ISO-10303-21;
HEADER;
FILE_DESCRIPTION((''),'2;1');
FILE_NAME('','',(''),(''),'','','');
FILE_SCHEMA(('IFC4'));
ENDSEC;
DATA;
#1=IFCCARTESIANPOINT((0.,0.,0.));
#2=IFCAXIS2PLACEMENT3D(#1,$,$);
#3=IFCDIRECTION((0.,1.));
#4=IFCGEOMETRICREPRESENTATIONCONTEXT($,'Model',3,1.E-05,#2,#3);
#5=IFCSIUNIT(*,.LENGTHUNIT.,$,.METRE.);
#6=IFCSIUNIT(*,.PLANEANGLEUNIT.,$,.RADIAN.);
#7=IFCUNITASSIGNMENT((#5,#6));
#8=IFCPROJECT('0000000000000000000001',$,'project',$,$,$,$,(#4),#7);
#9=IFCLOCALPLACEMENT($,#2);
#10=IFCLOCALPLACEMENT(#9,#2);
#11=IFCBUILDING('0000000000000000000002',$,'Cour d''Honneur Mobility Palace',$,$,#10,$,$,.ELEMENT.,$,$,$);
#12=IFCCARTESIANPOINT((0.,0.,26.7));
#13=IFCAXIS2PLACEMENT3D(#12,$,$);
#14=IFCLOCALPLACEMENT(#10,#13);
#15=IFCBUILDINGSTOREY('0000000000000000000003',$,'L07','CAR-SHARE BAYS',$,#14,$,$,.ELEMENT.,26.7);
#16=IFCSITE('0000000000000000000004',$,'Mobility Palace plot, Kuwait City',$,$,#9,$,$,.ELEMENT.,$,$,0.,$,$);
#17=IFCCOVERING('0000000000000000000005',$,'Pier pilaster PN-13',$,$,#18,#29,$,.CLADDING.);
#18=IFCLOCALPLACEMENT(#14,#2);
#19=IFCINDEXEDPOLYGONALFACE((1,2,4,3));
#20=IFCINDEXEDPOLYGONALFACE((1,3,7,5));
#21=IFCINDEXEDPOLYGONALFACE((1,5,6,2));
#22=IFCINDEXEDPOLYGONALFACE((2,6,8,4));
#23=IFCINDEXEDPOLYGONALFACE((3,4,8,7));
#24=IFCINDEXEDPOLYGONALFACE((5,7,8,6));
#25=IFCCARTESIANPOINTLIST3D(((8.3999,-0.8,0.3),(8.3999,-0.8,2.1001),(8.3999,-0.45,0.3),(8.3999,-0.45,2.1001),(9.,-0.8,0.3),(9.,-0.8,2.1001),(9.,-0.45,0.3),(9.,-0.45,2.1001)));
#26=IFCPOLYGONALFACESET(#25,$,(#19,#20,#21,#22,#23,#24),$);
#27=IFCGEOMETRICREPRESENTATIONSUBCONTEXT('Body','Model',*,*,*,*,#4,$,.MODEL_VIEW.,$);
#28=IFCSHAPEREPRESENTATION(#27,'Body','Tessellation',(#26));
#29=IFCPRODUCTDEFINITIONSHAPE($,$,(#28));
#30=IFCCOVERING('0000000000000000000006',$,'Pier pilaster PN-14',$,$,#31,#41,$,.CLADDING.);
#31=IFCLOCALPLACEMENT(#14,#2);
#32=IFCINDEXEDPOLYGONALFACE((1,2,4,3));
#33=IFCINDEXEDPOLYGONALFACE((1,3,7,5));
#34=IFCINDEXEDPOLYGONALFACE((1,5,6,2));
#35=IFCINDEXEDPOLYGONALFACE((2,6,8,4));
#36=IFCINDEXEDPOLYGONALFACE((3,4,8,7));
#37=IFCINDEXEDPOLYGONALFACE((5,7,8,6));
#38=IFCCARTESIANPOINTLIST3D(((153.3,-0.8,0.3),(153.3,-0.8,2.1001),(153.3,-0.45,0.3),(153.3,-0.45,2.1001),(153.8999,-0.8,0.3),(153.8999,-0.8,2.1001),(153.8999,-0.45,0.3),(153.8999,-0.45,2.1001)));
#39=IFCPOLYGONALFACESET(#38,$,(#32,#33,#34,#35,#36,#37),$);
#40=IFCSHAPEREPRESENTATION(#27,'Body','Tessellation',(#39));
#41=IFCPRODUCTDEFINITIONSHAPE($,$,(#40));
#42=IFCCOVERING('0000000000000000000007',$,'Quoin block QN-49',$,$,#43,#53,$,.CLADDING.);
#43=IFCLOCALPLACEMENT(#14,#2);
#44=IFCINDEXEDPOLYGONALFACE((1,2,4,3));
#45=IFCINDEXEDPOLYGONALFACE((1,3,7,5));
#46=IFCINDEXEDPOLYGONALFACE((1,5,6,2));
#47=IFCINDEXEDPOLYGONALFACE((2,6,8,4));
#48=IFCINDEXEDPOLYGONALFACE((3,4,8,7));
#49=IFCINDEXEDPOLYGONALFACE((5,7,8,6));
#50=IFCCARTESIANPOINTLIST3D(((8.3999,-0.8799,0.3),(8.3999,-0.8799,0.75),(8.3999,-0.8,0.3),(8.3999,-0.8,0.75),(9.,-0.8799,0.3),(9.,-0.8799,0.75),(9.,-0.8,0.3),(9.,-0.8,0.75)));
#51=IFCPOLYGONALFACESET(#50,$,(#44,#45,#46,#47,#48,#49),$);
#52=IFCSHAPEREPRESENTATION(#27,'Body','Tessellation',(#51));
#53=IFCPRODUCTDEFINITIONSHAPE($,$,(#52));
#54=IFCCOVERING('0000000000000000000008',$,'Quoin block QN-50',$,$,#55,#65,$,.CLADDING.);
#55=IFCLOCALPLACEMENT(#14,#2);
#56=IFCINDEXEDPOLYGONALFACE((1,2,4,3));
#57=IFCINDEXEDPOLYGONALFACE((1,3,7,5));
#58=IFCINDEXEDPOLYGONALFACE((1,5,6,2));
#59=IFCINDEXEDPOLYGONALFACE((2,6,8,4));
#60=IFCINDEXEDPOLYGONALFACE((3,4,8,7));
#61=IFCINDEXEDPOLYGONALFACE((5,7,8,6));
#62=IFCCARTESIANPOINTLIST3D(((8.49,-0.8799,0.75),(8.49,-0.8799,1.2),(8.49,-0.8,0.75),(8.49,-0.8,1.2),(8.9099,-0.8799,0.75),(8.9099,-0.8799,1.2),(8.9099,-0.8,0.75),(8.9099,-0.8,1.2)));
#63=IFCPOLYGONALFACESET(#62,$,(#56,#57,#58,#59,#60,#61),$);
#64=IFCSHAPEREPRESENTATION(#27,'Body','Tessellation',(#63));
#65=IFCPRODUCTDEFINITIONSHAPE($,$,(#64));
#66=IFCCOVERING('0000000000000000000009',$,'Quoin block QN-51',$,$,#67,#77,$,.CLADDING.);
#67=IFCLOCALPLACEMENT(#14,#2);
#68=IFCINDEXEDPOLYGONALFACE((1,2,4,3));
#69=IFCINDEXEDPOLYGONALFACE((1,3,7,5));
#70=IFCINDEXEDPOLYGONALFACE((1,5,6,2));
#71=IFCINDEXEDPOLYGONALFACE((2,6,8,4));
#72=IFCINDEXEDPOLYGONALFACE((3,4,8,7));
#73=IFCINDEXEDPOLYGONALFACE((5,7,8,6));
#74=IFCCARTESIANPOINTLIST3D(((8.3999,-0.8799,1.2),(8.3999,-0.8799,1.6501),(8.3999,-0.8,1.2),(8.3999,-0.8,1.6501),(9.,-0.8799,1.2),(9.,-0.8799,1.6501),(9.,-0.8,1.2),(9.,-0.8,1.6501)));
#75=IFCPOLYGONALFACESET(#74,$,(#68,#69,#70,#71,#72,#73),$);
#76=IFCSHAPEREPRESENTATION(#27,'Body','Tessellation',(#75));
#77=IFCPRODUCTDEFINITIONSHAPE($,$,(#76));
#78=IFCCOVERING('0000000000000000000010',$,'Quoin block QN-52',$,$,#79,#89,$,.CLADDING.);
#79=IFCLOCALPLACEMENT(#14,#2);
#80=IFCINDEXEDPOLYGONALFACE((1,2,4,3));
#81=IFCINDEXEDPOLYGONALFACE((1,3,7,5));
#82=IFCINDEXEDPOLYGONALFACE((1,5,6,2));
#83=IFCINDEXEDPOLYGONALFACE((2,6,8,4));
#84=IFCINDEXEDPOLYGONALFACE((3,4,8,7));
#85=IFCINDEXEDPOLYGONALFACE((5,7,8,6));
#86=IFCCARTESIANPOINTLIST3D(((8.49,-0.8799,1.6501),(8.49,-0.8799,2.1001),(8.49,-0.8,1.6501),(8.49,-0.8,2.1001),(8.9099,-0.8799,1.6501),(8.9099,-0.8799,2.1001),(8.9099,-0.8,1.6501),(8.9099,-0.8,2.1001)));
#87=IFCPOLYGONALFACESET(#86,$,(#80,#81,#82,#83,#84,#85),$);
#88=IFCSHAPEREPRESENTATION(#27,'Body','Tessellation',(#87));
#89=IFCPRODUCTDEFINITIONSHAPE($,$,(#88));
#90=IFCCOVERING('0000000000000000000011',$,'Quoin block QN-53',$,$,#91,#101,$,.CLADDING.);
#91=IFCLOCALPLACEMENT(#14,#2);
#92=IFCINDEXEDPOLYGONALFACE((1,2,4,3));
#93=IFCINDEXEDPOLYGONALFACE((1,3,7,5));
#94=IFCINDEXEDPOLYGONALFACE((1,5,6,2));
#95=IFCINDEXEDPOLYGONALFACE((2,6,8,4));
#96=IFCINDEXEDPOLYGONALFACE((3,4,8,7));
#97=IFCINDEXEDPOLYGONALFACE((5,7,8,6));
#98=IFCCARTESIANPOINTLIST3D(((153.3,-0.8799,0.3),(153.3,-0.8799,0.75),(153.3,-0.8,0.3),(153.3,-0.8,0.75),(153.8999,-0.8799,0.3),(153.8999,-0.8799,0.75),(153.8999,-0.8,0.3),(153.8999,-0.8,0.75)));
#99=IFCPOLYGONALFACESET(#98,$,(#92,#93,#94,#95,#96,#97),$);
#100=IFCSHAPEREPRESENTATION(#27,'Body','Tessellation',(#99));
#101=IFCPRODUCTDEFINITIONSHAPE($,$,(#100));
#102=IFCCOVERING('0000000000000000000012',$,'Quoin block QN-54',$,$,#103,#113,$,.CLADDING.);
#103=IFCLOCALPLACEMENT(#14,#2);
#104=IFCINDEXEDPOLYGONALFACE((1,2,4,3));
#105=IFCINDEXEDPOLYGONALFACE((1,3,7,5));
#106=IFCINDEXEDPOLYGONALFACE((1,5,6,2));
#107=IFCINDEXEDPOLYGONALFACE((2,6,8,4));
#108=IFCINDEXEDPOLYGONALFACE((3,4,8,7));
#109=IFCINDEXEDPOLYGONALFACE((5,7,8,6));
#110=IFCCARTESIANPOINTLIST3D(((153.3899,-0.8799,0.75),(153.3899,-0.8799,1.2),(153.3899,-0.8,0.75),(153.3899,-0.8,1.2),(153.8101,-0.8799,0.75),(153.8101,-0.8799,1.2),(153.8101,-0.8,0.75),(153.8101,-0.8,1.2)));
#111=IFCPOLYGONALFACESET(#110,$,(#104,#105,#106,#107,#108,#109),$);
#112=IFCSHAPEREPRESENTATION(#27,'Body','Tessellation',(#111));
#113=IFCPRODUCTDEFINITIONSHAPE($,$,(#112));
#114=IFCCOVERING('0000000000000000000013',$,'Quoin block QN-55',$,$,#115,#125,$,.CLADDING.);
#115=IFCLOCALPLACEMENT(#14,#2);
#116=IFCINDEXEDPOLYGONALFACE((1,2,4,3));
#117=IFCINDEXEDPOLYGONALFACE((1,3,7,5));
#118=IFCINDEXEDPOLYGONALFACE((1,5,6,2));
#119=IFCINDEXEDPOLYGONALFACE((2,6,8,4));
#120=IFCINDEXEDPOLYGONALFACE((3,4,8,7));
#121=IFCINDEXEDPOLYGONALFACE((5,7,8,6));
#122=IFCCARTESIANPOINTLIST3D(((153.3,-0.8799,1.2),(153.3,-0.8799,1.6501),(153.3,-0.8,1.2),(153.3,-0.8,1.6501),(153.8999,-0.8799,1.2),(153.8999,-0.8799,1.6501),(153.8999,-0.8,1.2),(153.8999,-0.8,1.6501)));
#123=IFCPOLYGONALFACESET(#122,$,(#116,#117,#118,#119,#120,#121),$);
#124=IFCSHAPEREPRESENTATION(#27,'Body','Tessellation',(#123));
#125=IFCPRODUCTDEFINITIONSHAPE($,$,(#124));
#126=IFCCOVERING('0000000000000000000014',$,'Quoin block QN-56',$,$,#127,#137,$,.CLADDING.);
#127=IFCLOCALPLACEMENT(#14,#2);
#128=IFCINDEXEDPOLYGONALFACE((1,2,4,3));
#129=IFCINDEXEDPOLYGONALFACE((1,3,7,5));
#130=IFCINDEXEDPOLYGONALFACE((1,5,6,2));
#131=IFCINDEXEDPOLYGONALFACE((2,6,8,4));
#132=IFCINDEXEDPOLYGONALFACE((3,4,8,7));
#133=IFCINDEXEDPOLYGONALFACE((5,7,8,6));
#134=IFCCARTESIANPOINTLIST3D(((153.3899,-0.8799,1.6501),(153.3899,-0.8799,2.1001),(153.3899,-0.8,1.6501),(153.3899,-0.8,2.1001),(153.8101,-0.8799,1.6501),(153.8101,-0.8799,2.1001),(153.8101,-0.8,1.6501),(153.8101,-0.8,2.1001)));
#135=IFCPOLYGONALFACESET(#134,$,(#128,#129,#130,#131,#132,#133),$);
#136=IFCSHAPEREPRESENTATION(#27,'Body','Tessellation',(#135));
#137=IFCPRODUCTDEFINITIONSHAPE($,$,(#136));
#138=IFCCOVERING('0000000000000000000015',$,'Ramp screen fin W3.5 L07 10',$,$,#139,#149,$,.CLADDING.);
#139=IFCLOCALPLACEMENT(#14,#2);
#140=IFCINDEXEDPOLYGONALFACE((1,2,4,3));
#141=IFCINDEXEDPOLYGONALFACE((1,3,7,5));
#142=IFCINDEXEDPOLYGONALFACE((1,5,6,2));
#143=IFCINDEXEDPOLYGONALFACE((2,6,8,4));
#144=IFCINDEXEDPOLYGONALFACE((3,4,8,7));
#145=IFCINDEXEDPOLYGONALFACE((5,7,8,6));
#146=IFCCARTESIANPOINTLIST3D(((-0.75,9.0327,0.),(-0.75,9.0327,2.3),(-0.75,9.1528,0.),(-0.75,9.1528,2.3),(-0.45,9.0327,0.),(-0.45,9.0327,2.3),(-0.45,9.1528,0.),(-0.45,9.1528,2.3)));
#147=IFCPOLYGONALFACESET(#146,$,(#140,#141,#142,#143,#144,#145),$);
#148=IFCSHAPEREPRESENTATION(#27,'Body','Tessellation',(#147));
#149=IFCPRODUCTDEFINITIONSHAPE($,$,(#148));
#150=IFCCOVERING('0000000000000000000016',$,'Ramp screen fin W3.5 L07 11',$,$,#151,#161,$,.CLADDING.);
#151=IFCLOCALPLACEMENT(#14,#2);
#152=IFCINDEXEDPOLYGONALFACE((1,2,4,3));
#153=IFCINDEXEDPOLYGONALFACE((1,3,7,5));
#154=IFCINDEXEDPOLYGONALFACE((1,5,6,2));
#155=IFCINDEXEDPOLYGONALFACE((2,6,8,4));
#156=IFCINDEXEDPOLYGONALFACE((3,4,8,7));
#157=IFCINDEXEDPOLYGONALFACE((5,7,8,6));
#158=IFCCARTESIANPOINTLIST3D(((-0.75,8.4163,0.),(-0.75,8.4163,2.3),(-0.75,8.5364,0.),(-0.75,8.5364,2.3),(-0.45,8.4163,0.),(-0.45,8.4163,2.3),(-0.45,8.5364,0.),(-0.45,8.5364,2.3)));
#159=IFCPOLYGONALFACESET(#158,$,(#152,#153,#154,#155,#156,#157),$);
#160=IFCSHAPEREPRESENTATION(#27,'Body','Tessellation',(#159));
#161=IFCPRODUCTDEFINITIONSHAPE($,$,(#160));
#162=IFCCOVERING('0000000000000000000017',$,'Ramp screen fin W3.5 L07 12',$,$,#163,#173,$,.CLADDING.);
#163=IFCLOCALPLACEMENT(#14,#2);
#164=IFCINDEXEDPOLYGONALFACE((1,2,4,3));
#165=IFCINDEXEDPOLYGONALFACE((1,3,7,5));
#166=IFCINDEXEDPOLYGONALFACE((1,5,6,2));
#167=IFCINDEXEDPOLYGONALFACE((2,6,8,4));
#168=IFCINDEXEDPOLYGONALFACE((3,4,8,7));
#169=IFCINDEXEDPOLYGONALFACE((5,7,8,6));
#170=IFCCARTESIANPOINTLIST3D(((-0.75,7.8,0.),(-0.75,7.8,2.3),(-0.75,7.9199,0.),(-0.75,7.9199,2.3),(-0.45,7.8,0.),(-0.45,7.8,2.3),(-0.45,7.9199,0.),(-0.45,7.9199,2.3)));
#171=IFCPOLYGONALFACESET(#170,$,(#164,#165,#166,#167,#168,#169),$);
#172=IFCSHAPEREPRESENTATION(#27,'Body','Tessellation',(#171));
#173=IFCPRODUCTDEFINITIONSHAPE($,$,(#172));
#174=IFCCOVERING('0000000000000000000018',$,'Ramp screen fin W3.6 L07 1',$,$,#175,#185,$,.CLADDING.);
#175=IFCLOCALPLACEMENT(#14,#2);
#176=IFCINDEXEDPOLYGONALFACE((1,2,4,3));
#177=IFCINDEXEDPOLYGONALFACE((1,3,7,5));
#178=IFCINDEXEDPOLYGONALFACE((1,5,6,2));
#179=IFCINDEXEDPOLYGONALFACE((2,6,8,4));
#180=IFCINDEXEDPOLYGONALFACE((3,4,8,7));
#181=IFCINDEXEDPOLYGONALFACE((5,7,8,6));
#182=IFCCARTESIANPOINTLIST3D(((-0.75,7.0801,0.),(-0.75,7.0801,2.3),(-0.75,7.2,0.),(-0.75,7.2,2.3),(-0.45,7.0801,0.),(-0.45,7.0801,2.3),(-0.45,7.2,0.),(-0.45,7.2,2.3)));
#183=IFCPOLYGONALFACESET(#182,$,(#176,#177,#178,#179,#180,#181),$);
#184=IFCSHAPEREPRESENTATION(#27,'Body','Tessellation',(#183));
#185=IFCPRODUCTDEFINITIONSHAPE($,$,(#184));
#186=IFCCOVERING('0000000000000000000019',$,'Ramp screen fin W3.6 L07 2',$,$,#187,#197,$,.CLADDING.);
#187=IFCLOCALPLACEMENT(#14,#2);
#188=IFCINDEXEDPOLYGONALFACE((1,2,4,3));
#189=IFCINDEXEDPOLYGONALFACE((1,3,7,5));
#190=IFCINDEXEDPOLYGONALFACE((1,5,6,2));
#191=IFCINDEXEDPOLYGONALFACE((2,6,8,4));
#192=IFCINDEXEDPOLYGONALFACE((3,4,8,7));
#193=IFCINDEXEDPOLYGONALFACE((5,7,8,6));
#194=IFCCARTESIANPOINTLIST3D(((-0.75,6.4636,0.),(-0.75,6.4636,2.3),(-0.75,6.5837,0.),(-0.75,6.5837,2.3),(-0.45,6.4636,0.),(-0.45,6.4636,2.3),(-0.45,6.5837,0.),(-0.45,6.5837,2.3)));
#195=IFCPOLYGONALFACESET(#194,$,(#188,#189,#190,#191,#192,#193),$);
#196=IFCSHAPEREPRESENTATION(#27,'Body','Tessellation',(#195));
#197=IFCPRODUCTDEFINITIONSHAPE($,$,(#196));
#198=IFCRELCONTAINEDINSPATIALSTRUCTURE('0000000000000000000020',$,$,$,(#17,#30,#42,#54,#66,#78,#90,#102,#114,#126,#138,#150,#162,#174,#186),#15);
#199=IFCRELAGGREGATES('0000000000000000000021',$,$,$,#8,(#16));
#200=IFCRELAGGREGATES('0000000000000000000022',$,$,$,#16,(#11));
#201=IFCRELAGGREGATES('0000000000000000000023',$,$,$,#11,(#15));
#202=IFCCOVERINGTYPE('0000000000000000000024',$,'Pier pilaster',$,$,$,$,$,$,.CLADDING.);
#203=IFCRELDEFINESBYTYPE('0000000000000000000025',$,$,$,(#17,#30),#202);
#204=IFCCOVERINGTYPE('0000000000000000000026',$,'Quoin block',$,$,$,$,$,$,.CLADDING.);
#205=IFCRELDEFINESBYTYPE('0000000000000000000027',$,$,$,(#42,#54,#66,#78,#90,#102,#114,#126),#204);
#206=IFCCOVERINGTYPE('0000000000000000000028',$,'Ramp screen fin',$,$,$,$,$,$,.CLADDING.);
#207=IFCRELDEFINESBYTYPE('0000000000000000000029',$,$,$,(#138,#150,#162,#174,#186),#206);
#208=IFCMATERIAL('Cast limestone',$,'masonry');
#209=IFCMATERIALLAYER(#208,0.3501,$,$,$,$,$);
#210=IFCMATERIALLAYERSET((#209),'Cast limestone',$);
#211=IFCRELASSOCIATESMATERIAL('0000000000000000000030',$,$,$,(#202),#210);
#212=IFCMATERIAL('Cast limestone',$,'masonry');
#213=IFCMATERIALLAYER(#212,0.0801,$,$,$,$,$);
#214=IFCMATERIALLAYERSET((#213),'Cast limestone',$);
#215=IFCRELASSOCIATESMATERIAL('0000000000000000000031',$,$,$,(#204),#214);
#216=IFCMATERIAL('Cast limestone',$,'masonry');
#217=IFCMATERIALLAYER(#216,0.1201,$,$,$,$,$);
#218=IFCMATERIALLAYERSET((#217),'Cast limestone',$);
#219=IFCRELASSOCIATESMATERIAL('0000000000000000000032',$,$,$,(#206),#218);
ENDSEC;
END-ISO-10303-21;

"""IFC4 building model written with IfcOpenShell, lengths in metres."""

from ifc_helpers import new_model, si_unit, direction, frame, origin, place, context, subcontext, project, spatial, polyline, outline, extrude, material, layer, layer_set, type_object, element, save


model = new_model("IFC4")

# Units and contexts
model_context = context("Model", 3, precision=1e-05, world=origin(), true_north=direction((0.0, 1.0)))
body_context = subcontext(model_context, "Body", "Model", "MODEL_VIEW")
ifc_project = project(units=[si_unit("LENGTHUNIT", "METRE"), si_unit("PLANEANGLEUNIT", "RADIAN")], contexts=[model_context])

# Site, building, storey
site_placement = place(None, origin())
site = spatial("IfcSite", under=ifc_project, at=site_placement, Name="Mobility Palace plot, Kuwait City", CompositionType="ELEMENT", RefElevation=0.0)
building_placement = place(site_placement, origin())
building = spatial("IfcBuilding", under=site, at=building_placement, Name="Cour d'Honneur Mobility Palace", CompositionType="ELEMENT")
storey_placement = place(building_placement, frame((0.0, 0.0, 26.7)))
storey = spatial("IfcBuildingStorey", under=building, at=storey_placement, Name="L07", Description="CAR-SHARE BAYS", CompositionType="ELEMENT", Elevation=26.7)

# Coverings
ifc_material_1 = material(Name="Cast limestone", Category="masonry")
ifc_layer_1 = layer(ifc_material_1, 0.3501)
ifc_layer_set_1 = layer_set([ifc_layer_1], Name="Cast limestone")
covering_type_1 = type_object("IfcCoveringType", Name="Pier pilaster", PredefinedType="CLADDING", material=ifc_layer_set_1)
covering_1_placement = place(storey_placement, frame((0.0, 0.0, 0.3)))
element("IfcCovering", 1, at=covering_1_placement, inside=storey, type_object=covering_type_1, Name="Pier pilaster PN-13", PredefinedType="CLADDING", context=body_context, shape_type="SweptSolid", body=[
    extrude(outline(polyline([(8.3999, -0.45), (9.0, -0.45), (9.0, -0.8), (8.3999, -0.8), (8.3999, -0.45)])), origin(), (0.0, 0.0, 1.0), 1.8),
])
covering_2_placement = place(storey_placement, frame((0.0, 0.0, 0.3)))
element("IfcCovering", 2, at=covering_2_placement, inside=storey, type_object=covering_type_1, Name="Pier pilaster PN-14", PredefinedType="CLADDING", context=body_context, shape_type="SweptSolid", body=[
    extrude(outline(polyline([(153.3, -0.45), (153.8999, -0.45), (153.8999, -0.8), (153.3, -0.8), (153.3, -0.45)])), origin(), (0.0, 0.0, 1.0), 1.8),
])
ifc_material_2 = material(Name="Cast limestone", Category="masonry")
ifc_layer_2 = layer(ifc_material_2, 0.0801)
ifc_layer_set_2 = layer_set([ifc_layer_2], Name="Cast limestone")
covering_type_2 = type_object("IfcCoveringType", Name="Quoin block", PredefinedType="CLADDING", material=ifc_layer_set_2)
covering_3_placement = place(storey_placement, frame((0.0, 0.0, 0.3)))
element("IfcCovering", 3, at=covering_3_placement, inside=storey, type_object=covering_type_2, Name="Quoin block QN-49", PredefinedType="CLADDING", context=body_context, shape_type="SweptSolid", body=[
    extrude(outline(polyline([(8.3999, -0.8), (9.0, -0.8), (9.0, -0.8799), (8.3999, -0.8799), (8.3999, -0.8)])), origin(), (0.0, 0.0, 1.0), 0.45),
])
covering_4_placement = place(storey_placement, frame((0.0, 0.0, 0.75)))
element("IfcCovering", 4, at=covering_4_placement, inside=storey, type_object=covering_type_2, Name="Quoin block QN-50", PredefinedType="CLADDING", context=body_context, shape_type="SweptSolid", body=[
    extrude(outline(polyline([(8.49, -0.8), (8.9099, -0.8), (8.9099, -0.8799), (8.49, -0.8799), (8.49, -0.8)])), origin(), (0.0, 0.0, 1.0), 0.45),
])
covering_5_placement = place(storey_placement, frame((0.0, 0.0, 1.2)))
element("IfcCovering", 5, at=covering_5_placement, inside=storey, type_object=covering_type_2, Name="Quoin block QN-51", PredefinedType="CLADDING", context=body_context, shape_type="SweptSolid", body=[
    extrude(outline(polyline([(8.3999, -0.8), (9.0, -0.8), (9.0, -0.8799), (8.3999, -0.8799), (8.3999, -0.8)])), origin(), (0.0, 0.0, 1.0), 0.4502),
])
covering_6_placement = place(storey_placement, frame((0.0, 0.0, 1.6501)))
element("IfcCovering", 6, at=covering_6_placement, inside=storey, type_object=covering_type_2, Name="Quoin block QN-52", PredefinedType="CLADDING", context=body_context, shape_type="SweptSolid", body=[
    extrude(outline(polyline([(8.49, -0.8), (8.9099, -0.8), (8.9099, -0.8799), (8.49, -0.8799), (8.49, -0.8)])), origin(), (0.0, 0.0, 1.0), 0.45),
])
covering_7_placement = place(storey_placement, frame((0.0, 0.0, 0.3)))
element("IfcCovering", 7, at=covering_7_placement, inside=storey, type_object=covering_type_2, Name="Quoin block QN-53", PredefinedType="CLADDING", context=body_context, shape_type="SweptSolid", body=[
    extrude(outline(polyline([(153.3, -0.8), (153.8999, -0.8), (153.8999, -0.8799), (153.3, -0.8799), (153.3, -0.8)])), origin(), (0.0, 0.0, 1.0), 0.45),
])
covering_8_placement = place(storey_placement, frame((0.0, 0.0, 0.75)))
element("IfcCovering", 8, at=covering_8_placement, inside=storey, type_object=covering_type_2, Name="Quoin block QN-54", PredefinedType="CLADDING", context=body_context, shape_type="SweptSolid", body=[
    extrude(outline(polyline([(153.3899, -0.8), (153.8101, -0.8), (153.8101, -0.8799), (153.3899, -0.8799), (153.3899, -0.8)])), origin(), (0.0, 0.0, 1.0), 0.45),
])
covering_9_placement = place(storey_placement, frame((0.0, 0.0, 1.2)))
element("IfcCovering", 9, at=covering_9_placement, inside=storey, type_object=covering_type_2, Name="Quoin block QN-55", PredefinedType="CLADDING", context=body_context, shape_type="SweptSolid", body=[
    extrude(outline(polyline([(153.3, -0.8), (153.8999, -0.8), (153.8999, -0.8799), (153.3, -0.8799), (153.3, -0.8)])), origin(), (0.0, 0.0, 1.0), 0.4502),
])
covering_10_placement = place(storey_placement, frame((0.0, 0.0, 1.6501)))
element("IfcCovering", 10, at=covering_10_placement, inside=storey, type_object=covering_type_2, Name="Quoin block QN-56", PredefinedType="CLADDING", context=body_context, shape_type="SweptSolid", body=[
    extrude(outline(polyline([(153.3899, -0.8), (153.8101, -0.8), (153.8101, -0.8799), (153.3899, -0.8799), (153.3899, -0.8)])), origin(), (0.0, 0.0, 1.0), 0.45),
])
ifc_material_3 = material(Name="Cast limestone", Category="masonry")
ifc_layer_3 = layer(ifc_material_3, 0.1201)
ifc_layer_set_3 = layer_set([ifc_layer_3], Name="Cast limestone")
covering_type_3 = type_object("IfcCoveringType", Name="Ramp screen fin", PredefinedType="CLADDING", material=ifc_layer_set_3)
covering_11_placement = place(storey_placement, origin())
element("IfcCovering", 11, at=covering_11_placement, inside=storey, type_object=covering_type_3, Name="Ramp screen fin W3.5 L07 10", PredefinedType="CLADDING", context=body_context, shape_type="SweptSolid", body=[
    extrude(outline(polyline([(-0.45, 9.1528), (-0.45, 9.0327), (-0.75, 9.0327), (-0.75, 9.1528), (-0.45, 9.1528)])), origin(), (0.0, 0.0, 1.0), 2.3),
])
covering_12_placement = place(storey_placement, origin())
element("IfcCovering", 12, at=covering_12_placement, inside=storey, type_object=covering_type_3, Name="Ramp screen fin W3.5 L07 11", PredefinedType="CLADDING", context=body_context, shape_type="SweptSolid", body=[
    extrude(outline(polyline([(-0.45, 8.5364), (-0.45, 8.4163), (-0.75, 8.4163), (-0.75, 8.5364), (-0.45, 8.5364)])), origin(), (0.0, 0.0, 1.0), 2.3),
])
covering_13_placement = place(storey_placement, origin())
element("IfcCovering", 13, at=covering_13_placement, inside=storey, type_object=covering_type_3, Name="Ramp screen fin W3.5 L07 12", PredefinedType="CLADDING", context=body_context, shape_type="SweptSolid", body=[
    extrude(outline(polyline([(-0.45, 7.9199), (-0.45, 7.8), (-0.75, 7.8), (-0.75, 7.9199), (-0.45, 7.9199)])), origin(), (0.0, 0.0, 1.0), 2.3),
])
covering_14_placement = place(storey_placement, origin())
element("IfcCovering", 14, at=covering_14_placement, inside=storey, type_object=covering_type_3, Name="Ramp screen fin W3.6 L07 1", PredefinedType="CLADDING", context=body_context, shape_type="SweptSolid", body=[
    extrude(outline(polyline([(-0.45, 7.2), (-0.45, 7.0801), (-0.75, 7.0801), (-0.75, 7.2), (-0.45, 7.2)])), origin(), (0.0, 0.0, 1.0), 2.3),
])
covering_15_placement = place(storey_placement, origin())
element("IfcCovering", 15, at=covering_15_placement, inside=storey, type_object=covering_type_3, Name="Ramp screen fin W3.6 L07 2", PredefinedType="CLADDING", context=body_context, shape_type="SweptSolid", body=[
    extrude(outline(polyline([(-0.45, 6.5837), (-0.45, 6.4636), (-0.75, 6.4636), (-0.75, 6.5837), (-0.45, 6.5837)])), origin(), (0.0, 0.0, 1.0), 2.3),
])

save(model, "model.ifc")
